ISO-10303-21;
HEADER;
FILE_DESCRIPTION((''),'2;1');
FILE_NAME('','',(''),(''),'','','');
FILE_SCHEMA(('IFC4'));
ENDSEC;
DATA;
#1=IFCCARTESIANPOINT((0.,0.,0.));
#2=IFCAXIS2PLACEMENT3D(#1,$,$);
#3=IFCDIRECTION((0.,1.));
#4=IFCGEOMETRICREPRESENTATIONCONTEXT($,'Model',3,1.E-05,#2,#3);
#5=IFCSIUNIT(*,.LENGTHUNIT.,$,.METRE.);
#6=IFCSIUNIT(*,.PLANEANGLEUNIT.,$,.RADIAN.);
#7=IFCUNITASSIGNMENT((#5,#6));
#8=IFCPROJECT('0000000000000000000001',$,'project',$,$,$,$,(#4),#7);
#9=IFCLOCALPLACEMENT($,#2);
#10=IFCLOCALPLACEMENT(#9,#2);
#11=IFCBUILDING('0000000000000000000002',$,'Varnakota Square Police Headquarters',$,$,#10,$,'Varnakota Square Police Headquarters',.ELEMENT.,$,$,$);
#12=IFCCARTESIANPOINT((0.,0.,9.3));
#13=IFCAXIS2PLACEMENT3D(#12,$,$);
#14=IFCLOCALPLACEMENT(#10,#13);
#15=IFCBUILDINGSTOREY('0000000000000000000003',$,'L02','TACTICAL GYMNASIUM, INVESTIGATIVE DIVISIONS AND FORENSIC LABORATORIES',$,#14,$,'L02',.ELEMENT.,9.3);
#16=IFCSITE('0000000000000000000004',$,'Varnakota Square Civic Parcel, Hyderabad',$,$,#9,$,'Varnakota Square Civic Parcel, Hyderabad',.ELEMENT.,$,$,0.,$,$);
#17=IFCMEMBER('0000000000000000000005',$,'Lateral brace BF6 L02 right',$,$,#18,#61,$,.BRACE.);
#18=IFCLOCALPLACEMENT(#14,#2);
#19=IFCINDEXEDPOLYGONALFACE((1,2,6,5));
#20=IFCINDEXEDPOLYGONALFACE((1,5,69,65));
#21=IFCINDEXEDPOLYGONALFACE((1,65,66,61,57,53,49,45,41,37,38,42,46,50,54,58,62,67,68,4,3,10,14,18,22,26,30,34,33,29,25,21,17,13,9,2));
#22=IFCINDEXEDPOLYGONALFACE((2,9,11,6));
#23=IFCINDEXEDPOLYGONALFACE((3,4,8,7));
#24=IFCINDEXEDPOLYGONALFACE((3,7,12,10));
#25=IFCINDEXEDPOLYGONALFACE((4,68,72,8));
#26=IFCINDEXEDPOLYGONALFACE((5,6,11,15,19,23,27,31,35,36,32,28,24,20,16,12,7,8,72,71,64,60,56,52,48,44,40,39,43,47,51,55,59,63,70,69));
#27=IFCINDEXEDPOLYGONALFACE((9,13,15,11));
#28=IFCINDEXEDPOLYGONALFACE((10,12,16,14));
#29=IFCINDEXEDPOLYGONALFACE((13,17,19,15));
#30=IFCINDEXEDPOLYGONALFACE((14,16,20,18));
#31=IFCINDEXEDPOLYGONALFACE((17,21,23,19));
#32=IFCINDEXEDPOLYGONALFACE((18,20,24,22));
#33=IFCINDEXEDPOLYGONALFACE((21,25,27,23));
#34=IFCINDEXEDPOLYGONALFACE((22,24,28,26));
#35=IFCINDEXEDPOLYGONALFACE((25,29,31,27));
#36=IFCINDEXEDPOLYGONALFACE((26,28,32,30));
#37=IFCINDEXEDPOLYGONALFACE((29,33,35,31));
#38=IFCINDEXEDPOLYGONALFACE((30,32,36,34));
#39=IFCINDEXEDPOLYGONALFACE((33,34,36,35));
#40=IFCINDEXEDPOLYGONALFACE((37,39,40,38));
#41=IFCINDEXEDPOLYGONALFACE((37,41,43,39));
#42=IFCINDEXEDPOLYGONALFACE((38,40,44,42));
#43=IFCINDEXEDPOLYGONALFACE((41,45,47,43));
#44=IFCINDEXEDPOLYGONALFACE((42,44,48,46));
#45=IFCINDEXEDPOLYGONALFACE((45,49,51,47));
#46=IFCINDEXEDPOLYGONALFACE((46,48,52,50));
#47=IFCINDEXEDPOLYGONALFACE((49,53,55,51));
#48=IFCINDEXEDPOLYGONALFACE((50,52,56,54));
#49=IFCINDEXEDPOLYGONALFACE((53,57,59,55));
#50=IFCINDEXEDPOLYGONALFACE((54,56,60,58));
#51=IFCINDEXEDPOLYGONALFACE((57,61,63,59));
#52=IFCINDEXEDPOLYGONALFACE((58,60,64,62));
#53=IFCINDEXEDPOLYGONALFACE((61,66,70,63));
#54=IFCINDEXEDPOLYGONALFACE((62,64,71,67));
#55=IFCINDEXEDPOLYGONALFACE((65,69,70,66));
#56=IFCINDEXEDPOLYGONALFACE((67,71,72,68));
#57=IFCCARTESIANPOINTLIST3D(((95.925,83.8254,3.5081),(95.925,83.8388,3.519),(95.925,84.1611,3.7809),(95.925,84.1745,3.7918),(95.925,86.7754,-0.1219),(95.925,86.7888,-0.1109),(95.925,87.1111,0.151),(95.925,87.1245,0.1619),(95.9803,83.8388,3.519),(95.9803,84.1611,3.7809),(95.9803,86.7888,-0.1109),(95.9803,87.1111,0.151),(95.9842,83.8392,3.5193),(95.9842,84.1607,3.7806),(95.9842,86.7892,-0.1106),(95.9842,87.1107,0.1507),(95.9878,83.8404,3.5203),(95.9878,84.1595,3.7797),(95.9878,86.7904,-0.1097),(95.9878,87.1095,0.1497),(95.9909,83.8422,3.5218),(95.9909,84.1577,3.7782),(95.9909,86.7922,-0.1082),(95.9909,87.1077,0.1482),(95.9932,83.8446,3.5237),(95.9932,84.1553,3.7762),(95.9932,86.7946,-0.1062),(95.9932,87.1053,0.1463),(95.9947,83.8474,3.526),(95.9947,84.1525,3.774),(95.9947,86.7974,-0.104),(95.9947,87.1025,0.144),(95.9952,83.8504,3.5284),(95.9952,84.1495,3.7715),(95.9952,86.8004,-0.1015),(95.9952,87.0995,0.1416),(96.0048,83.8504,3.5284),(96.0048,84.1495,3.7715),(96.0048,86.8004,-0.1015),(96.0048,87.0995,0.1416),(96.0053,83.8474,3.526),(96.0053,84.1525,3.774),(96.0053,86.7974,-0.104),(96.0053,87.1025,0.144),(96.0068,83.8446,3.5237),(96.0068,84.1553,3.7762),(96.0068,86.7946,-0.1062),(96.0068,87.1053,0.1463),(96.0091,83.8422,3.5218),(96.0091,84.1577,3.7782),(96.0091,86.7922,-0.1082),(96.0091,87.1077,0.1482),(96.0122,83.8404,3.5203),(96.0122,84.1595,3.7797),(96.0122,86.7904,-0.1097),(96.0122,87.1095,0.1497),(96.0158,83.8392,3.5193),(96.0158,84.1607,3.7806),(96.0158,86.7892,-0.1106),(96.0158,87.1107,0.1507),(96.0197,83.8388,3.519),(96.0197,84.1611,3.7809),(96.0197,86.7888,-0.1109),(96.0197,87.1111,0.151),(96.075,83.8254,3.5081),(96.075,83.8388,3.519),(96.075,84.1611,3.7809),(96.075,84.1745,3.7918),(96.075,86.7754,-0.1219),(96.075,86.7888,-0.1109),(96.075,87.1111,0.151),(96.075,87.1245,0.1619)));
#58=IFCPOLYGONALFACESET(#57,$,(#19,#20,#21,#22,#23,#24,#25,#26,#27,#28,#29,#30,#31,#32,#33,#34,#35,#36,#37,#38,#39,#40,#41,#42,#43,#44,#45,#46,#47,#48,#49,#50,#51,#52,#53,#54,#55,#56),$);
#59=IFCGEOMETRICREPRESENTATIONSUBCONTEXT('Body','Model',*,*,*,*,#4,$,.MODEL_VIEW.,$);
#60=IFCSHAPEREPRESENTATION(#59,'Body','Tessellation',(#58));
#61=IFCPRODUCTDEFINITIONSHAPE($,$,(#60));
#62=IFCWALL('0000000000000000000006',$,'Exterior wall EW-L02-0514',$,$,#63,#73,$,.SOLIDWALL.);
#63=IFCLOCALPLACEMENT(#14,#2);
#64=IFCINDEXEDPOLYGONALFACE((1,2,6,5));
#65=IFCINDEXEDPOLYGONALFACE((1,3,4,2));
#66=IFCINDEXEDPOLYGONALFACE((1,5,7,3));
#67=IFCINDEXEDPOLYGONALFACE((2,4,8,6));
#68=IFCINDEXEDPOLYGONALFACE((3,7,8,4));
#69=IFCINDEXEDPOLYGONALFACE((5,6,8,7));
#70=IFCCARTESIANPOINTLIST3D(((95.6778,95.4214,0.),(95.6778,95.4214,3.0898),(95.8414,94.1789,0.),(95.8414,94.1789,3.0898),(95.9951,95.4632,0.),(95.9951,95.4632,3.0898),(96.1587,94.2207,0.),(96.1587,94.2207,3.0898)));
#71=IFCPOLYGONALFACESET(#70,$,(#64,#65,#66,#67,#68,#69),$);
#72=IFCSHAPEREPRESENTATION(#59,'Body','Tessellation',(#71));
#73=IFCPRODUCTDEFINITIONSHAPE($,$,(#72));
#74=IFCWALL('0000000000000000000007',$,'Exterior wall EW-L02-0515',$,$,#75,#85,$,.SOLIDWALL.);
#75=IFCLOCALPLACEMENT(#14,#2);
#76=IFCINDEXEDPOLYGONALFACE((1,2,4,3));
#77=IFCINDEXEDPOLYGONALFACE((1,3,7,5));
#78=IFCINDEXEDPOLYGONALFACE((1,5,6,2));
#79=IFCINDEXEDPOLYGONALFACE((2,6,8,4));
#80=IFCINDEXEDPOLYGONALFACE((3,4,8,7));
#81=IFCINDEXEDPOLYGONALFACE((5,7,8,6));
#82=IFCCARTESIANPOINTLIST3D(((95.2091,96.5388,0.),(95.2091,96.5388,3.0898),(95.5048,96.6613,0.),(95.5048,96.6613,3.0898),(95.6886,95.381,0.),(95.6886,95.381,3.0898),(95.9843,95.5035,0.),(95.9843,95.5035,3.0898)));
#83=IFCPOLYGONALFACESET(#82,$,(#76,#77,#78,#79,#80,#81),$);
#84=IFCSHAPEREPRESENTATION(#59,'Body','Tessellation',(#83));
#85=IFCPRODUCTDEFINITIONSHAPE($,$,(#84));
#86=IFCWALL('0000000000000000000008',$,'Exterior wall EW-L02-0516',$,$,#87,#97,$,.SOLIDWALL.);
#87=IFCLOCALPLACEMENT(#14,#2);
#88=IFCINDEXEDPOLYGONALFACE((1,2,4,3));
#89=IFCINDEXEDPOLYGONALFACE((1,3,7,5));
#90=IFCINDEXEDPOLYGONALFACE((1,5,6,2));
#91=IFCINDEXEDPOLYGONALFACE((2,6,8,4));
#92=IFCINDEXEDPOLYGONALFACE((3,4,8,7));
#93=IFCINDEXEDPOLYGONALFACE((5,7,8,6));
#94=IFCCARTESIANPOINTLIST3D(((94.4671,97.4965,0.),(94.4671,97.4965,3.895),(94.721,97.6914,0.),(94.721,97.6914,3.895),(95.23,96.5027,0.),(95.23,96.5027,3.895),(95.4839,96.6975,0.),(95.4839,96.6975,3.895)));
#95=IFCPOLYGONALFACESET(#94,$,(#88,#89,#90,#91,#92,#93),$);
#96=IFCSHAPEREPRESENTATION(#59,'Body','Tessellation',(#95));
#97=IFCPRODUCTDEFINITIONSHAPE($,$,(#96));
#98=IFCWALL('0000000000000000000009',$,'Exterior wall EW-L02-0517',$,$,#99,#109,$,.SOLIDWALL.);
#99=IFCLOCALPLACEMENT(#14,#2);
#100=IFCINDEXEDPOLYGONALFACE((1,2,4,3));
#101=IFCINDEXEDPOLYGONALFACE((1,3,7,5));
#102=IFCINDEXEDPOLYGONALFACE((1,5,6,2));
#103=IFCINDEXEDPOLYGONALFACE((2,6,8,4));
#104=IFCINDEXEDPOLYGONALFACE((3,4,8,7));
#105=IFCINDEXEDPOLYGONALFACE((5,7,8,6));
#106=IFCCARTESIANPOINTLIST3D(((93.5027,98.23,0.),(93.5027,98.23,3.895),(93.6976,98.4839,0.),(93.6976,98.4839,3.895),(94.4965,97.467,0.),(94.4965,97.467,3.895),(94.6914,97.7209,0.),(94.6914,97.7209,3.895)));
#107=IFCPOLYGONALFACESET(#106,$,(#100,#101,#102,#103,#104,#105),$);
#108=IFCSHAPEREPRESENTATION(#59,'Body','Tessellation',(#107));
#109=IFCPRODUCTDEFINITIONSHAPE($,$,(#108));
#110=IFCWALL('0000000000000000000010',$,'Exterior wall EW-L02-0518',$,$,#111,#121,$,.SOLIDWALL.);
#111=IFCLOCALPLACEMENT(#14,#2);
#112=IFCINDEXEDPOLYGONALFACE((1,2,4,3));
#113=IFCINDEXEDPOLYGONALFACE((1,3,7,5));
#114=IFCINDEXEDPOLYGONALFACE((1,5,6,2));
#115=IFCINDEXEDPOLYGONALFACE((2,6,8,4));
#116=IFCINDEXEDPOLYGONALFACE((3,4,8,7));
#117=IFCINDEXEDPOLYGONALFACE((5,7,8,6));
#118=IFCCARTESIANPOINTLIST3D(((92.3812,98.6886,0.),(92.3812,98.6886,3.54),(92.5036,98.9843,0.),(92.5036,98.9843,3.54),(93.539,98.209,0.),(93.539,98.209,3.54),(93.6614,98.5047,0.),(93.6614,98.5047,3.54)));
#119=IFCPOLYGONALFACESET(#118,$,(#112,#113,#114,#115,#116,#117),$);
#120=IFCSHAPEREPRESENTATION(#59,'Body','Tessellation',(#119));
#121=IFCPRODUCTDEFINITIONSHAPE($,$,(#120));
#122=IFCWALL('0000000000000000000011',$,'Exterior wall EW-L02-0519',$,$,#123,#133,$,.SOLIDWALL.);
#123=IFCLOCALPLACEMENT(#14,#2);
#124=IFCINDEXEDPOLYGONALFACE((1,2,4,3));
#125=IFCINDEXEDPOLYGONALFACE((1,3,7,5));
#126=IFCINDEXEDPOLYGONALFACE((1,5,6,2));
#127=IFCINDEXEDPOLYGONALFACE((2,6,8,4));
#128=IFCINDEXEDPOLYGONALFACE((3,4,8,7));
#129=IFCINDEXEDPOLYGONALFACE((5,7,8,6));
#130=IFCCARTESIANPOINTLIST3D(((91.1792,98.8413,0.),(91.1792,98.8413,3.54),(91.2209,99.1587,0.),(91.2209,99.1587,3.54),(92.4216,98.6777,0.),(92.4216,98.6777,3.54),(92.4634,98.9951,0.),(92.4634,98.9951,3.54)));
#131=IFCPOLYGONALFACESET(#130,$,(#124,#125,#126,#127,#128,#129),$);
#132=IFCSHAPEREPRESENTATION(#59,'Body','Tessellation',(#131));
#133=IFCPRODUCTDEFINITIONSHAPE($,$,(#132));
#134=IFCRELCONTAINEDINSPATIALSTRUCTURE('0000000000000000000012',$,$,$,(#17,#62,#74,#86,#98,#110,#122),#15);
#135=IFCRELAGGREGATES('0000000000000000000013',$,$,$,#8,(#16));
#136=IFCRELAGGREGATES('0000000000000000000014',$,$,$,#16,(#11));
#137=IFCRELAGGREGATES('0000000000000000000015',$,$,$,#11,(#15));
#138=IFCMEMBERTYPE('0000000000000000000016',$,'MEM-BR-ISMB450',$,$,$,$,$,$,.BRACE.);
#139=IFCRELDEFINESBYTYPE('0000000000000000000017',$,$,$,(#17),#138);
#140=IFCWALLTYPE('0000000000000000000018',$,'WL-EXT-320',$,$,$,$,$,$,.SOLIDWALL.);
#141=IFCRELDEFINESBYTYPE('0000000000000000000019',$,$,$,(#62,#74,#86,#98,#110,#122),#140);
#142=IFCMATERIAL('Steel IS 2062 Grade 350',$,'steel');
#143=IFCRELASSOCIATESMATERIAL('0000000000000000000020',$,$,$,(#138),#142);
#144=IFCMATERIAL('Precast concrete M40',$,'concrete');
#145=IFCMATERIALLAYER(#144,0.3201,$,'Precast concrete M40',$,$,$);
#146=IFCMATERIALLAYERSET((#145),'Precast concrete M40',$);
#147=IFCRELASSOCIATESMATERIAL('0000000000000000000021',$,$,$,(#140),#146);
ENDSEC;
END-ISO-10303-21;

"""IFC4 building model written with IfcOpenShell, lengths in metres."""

from ifc_helpers import new_model, si_unit, direction, frame, frame_2d, origin, origin_2d, place, context, subcontext, project, spatial, rectangle, i_section, extrude, material, layer, layer_set, material_profile, profile_set, type_object, element, save


model = new_model("IFC4")

# Units and contexts
model_context = context("Model", 3, precision=1e-05, world=origin(), true_north=direction((0.0, 1.0)))
body_context = subcontext(model_context, "Body", "Model", "MODEL_VIEW")
ifc_project = project(units=[si_unit("LENGTHUNIT", "METRE"), si_unit("PLANEANGLEUNIT", "RADIAN")], contexts=[model_context])

# Site, building, storey
site_placement = place(None, origin())
site = spatial("IfcSite", under=ifc_project, at=site_placement, Name="Varnakota Square Civic Parcel, Hyderabad", LongName="Varnakota Square Civic Parcel, Hyderabad", CompositionType="ELEMENT", RefElevation=0.0)
building_placement = place(site_placement, origin())
building = spatial("IfcBuilding", under=site, at=building_placement, Name="Varnakota Square Police Headquarters", LongName="Varnakota Square Police Headquarters", CompositionType="ELEMENT")
storey_placement = place(building_placement, frame((0.0, 0.0, 9.3)))
storey = spatial("IfcBuildingStorey", under=building, at=storey_placement, Name="L02", Description="TACTICAL GYMNASIUM, INVESTIGATIVE DIVISIONS AND FORENSIC LABORATORIES", LongName="L02", CompositionType="ELEMENT", Elevation=9.3)

# Shared definitions
ifc_material_1 = material(Name="Steel IS 2062 Grade 350", Category="steel")

# Member
ifc_material_profile_1 = material_profile(ifc_material_1, i_section(OverallWidth=0.1499, OverallDepth=0.45, WebThickness=0.0095, FlangeThickness=0.0173, FilletRadius=0.0149, at=origin_2d()), Name="ISMB 450")
ifc_profile_set_1 = profile_set([ifc_material_profile_1], Name="Steel IS 2062 Grade 350")
member_type = type_object("IfcMemberType", Name="MEM-BR-ISMB450", PredefinedType="BRACE", material=ifc_profile_set_1)
member_placement = place(storey_placement, frame((96.0, 86.95, 0.02), z_axis=(0.0, -0.630679, 0.776044), x_axis=(1.0, 0.0, 0.0)))
element("IfcMember", 1, at=member_placement, inside=storey, type_object=member_type, Name="Lateral brace BF6 L02 right", PredefinedType="BRACE", context=body_context, shape_type="SweptSolid", body=[
    extrude(i_section(OverallWidth=0.1499, OverallDepth=0.45, WebThickness=0.0095, FlangeThickness=0.0173, FilletRadius=0.0149, at=origin_2d()), origin(), (0.0, 0.0, 1.0), 4.6775),
])

# Walls
ifc_material_2 = material(Name="Precast concrete M40", Category="concrete")
ifc_layer_1 = layer(ifc_material_2, 0.3201, Name="Precast concrete M40")
ifc_layer_set_1 = layer_set([ifc_layer_1], Name="Precast concrete M40")
wall_type = type_object("IfcWallType", Name="WL-EXT-320", PredefinedType="SOLIDWALL", material=ifc_layer_set_1)
for number, where, z_axis, x_axis, name in (
    (2, (96.0, 94.2, 0.0), (0.0, 0.0, 1.0), (-0.13053, 0.991444, 0.0), "Exterior wall EW-L02-0514"),
    (3, (95.8364, 95.4424, 0.0), (0.0, 0.0, 1.0), (-0.38265, 0.923893, 0.0), "Exterior wall EW-L02-0515"),
):
    element("IfcWall", number, at=place(storey_placement, frame(where, z_axis=z_axis, x_axis=x_axis)), inside=storey, type_object=wall_type, Name=name, PredefinedType="SOLIDWALL", context=body_context, shape_type="SweptSolid", body=[
        extrude(rectangle(XDim=1.2532, YDim=0.3201, at=frame_2d((0.6265, 0.0))), origin(), (0.0, 0.0, 1.0), 3.0898),
    ])
for number, where, z_axis, x_axis, name in (
    (4, (95.3569, 96.6001, 0.0), (0.0, 0.0, 1.0), (-0.60891, 0.793239, 0.0), "Exterior wall EW-L02-0516"),
    (5, (94.594, 97.594, 0.0), (0.0, 0.0, 1.0), (-0.793239, 0.60891, 0.0), "Exterior wall EW-L02-0517"),
):
    element("IfcWall", number, at=place(storey_placement, frame(where, z_axis=z_axis, x_axis=x_axis)), inside=storey, type_object=wall_type, Name=name, PredefinedType="SOLIDWALL", context=body_context, shape_type="SweptSolid", body=[
        extrude(rectangle(XDim=1.2529, YDim=0.3201, at=frame_2d((0.6265, 0.0))), origin(), (0.0, 0.0, 1.0), 3.895),
    ])
for number, where, z_axis, x_axis, name in (
    (6, (93.6001, 98.3569, 0.0), (0.0, 0.0, 1.0), (-0.923893, 0.38265, 0.0), "Exterior wall EW-L02-0518"),
    (7, (92.4424, 98.8364, 0.0), (0.0, 0.0, 1.0), (-0.991444, 0.13053, 0.0), "Exterior wall EW-L02-0519"),
):
    element("IfcWall", number, at=place(storey_placement, frame(where, z_axis=z_axis, x_axis=x_axis)), inside=storey, type_object=wall_type, Name=name, PredefinedType="SOLIDWALL", context=body_context, shape_type="SweptSolid", body=[
        extrude(rectangle(XDim=1.2532, YDim=0.3201, at=frame_2d((0.6265, 0.0))), origin(), (0.0, 0.0, 1.0), 3.54),
    ])

save(model, "model.ifc")
